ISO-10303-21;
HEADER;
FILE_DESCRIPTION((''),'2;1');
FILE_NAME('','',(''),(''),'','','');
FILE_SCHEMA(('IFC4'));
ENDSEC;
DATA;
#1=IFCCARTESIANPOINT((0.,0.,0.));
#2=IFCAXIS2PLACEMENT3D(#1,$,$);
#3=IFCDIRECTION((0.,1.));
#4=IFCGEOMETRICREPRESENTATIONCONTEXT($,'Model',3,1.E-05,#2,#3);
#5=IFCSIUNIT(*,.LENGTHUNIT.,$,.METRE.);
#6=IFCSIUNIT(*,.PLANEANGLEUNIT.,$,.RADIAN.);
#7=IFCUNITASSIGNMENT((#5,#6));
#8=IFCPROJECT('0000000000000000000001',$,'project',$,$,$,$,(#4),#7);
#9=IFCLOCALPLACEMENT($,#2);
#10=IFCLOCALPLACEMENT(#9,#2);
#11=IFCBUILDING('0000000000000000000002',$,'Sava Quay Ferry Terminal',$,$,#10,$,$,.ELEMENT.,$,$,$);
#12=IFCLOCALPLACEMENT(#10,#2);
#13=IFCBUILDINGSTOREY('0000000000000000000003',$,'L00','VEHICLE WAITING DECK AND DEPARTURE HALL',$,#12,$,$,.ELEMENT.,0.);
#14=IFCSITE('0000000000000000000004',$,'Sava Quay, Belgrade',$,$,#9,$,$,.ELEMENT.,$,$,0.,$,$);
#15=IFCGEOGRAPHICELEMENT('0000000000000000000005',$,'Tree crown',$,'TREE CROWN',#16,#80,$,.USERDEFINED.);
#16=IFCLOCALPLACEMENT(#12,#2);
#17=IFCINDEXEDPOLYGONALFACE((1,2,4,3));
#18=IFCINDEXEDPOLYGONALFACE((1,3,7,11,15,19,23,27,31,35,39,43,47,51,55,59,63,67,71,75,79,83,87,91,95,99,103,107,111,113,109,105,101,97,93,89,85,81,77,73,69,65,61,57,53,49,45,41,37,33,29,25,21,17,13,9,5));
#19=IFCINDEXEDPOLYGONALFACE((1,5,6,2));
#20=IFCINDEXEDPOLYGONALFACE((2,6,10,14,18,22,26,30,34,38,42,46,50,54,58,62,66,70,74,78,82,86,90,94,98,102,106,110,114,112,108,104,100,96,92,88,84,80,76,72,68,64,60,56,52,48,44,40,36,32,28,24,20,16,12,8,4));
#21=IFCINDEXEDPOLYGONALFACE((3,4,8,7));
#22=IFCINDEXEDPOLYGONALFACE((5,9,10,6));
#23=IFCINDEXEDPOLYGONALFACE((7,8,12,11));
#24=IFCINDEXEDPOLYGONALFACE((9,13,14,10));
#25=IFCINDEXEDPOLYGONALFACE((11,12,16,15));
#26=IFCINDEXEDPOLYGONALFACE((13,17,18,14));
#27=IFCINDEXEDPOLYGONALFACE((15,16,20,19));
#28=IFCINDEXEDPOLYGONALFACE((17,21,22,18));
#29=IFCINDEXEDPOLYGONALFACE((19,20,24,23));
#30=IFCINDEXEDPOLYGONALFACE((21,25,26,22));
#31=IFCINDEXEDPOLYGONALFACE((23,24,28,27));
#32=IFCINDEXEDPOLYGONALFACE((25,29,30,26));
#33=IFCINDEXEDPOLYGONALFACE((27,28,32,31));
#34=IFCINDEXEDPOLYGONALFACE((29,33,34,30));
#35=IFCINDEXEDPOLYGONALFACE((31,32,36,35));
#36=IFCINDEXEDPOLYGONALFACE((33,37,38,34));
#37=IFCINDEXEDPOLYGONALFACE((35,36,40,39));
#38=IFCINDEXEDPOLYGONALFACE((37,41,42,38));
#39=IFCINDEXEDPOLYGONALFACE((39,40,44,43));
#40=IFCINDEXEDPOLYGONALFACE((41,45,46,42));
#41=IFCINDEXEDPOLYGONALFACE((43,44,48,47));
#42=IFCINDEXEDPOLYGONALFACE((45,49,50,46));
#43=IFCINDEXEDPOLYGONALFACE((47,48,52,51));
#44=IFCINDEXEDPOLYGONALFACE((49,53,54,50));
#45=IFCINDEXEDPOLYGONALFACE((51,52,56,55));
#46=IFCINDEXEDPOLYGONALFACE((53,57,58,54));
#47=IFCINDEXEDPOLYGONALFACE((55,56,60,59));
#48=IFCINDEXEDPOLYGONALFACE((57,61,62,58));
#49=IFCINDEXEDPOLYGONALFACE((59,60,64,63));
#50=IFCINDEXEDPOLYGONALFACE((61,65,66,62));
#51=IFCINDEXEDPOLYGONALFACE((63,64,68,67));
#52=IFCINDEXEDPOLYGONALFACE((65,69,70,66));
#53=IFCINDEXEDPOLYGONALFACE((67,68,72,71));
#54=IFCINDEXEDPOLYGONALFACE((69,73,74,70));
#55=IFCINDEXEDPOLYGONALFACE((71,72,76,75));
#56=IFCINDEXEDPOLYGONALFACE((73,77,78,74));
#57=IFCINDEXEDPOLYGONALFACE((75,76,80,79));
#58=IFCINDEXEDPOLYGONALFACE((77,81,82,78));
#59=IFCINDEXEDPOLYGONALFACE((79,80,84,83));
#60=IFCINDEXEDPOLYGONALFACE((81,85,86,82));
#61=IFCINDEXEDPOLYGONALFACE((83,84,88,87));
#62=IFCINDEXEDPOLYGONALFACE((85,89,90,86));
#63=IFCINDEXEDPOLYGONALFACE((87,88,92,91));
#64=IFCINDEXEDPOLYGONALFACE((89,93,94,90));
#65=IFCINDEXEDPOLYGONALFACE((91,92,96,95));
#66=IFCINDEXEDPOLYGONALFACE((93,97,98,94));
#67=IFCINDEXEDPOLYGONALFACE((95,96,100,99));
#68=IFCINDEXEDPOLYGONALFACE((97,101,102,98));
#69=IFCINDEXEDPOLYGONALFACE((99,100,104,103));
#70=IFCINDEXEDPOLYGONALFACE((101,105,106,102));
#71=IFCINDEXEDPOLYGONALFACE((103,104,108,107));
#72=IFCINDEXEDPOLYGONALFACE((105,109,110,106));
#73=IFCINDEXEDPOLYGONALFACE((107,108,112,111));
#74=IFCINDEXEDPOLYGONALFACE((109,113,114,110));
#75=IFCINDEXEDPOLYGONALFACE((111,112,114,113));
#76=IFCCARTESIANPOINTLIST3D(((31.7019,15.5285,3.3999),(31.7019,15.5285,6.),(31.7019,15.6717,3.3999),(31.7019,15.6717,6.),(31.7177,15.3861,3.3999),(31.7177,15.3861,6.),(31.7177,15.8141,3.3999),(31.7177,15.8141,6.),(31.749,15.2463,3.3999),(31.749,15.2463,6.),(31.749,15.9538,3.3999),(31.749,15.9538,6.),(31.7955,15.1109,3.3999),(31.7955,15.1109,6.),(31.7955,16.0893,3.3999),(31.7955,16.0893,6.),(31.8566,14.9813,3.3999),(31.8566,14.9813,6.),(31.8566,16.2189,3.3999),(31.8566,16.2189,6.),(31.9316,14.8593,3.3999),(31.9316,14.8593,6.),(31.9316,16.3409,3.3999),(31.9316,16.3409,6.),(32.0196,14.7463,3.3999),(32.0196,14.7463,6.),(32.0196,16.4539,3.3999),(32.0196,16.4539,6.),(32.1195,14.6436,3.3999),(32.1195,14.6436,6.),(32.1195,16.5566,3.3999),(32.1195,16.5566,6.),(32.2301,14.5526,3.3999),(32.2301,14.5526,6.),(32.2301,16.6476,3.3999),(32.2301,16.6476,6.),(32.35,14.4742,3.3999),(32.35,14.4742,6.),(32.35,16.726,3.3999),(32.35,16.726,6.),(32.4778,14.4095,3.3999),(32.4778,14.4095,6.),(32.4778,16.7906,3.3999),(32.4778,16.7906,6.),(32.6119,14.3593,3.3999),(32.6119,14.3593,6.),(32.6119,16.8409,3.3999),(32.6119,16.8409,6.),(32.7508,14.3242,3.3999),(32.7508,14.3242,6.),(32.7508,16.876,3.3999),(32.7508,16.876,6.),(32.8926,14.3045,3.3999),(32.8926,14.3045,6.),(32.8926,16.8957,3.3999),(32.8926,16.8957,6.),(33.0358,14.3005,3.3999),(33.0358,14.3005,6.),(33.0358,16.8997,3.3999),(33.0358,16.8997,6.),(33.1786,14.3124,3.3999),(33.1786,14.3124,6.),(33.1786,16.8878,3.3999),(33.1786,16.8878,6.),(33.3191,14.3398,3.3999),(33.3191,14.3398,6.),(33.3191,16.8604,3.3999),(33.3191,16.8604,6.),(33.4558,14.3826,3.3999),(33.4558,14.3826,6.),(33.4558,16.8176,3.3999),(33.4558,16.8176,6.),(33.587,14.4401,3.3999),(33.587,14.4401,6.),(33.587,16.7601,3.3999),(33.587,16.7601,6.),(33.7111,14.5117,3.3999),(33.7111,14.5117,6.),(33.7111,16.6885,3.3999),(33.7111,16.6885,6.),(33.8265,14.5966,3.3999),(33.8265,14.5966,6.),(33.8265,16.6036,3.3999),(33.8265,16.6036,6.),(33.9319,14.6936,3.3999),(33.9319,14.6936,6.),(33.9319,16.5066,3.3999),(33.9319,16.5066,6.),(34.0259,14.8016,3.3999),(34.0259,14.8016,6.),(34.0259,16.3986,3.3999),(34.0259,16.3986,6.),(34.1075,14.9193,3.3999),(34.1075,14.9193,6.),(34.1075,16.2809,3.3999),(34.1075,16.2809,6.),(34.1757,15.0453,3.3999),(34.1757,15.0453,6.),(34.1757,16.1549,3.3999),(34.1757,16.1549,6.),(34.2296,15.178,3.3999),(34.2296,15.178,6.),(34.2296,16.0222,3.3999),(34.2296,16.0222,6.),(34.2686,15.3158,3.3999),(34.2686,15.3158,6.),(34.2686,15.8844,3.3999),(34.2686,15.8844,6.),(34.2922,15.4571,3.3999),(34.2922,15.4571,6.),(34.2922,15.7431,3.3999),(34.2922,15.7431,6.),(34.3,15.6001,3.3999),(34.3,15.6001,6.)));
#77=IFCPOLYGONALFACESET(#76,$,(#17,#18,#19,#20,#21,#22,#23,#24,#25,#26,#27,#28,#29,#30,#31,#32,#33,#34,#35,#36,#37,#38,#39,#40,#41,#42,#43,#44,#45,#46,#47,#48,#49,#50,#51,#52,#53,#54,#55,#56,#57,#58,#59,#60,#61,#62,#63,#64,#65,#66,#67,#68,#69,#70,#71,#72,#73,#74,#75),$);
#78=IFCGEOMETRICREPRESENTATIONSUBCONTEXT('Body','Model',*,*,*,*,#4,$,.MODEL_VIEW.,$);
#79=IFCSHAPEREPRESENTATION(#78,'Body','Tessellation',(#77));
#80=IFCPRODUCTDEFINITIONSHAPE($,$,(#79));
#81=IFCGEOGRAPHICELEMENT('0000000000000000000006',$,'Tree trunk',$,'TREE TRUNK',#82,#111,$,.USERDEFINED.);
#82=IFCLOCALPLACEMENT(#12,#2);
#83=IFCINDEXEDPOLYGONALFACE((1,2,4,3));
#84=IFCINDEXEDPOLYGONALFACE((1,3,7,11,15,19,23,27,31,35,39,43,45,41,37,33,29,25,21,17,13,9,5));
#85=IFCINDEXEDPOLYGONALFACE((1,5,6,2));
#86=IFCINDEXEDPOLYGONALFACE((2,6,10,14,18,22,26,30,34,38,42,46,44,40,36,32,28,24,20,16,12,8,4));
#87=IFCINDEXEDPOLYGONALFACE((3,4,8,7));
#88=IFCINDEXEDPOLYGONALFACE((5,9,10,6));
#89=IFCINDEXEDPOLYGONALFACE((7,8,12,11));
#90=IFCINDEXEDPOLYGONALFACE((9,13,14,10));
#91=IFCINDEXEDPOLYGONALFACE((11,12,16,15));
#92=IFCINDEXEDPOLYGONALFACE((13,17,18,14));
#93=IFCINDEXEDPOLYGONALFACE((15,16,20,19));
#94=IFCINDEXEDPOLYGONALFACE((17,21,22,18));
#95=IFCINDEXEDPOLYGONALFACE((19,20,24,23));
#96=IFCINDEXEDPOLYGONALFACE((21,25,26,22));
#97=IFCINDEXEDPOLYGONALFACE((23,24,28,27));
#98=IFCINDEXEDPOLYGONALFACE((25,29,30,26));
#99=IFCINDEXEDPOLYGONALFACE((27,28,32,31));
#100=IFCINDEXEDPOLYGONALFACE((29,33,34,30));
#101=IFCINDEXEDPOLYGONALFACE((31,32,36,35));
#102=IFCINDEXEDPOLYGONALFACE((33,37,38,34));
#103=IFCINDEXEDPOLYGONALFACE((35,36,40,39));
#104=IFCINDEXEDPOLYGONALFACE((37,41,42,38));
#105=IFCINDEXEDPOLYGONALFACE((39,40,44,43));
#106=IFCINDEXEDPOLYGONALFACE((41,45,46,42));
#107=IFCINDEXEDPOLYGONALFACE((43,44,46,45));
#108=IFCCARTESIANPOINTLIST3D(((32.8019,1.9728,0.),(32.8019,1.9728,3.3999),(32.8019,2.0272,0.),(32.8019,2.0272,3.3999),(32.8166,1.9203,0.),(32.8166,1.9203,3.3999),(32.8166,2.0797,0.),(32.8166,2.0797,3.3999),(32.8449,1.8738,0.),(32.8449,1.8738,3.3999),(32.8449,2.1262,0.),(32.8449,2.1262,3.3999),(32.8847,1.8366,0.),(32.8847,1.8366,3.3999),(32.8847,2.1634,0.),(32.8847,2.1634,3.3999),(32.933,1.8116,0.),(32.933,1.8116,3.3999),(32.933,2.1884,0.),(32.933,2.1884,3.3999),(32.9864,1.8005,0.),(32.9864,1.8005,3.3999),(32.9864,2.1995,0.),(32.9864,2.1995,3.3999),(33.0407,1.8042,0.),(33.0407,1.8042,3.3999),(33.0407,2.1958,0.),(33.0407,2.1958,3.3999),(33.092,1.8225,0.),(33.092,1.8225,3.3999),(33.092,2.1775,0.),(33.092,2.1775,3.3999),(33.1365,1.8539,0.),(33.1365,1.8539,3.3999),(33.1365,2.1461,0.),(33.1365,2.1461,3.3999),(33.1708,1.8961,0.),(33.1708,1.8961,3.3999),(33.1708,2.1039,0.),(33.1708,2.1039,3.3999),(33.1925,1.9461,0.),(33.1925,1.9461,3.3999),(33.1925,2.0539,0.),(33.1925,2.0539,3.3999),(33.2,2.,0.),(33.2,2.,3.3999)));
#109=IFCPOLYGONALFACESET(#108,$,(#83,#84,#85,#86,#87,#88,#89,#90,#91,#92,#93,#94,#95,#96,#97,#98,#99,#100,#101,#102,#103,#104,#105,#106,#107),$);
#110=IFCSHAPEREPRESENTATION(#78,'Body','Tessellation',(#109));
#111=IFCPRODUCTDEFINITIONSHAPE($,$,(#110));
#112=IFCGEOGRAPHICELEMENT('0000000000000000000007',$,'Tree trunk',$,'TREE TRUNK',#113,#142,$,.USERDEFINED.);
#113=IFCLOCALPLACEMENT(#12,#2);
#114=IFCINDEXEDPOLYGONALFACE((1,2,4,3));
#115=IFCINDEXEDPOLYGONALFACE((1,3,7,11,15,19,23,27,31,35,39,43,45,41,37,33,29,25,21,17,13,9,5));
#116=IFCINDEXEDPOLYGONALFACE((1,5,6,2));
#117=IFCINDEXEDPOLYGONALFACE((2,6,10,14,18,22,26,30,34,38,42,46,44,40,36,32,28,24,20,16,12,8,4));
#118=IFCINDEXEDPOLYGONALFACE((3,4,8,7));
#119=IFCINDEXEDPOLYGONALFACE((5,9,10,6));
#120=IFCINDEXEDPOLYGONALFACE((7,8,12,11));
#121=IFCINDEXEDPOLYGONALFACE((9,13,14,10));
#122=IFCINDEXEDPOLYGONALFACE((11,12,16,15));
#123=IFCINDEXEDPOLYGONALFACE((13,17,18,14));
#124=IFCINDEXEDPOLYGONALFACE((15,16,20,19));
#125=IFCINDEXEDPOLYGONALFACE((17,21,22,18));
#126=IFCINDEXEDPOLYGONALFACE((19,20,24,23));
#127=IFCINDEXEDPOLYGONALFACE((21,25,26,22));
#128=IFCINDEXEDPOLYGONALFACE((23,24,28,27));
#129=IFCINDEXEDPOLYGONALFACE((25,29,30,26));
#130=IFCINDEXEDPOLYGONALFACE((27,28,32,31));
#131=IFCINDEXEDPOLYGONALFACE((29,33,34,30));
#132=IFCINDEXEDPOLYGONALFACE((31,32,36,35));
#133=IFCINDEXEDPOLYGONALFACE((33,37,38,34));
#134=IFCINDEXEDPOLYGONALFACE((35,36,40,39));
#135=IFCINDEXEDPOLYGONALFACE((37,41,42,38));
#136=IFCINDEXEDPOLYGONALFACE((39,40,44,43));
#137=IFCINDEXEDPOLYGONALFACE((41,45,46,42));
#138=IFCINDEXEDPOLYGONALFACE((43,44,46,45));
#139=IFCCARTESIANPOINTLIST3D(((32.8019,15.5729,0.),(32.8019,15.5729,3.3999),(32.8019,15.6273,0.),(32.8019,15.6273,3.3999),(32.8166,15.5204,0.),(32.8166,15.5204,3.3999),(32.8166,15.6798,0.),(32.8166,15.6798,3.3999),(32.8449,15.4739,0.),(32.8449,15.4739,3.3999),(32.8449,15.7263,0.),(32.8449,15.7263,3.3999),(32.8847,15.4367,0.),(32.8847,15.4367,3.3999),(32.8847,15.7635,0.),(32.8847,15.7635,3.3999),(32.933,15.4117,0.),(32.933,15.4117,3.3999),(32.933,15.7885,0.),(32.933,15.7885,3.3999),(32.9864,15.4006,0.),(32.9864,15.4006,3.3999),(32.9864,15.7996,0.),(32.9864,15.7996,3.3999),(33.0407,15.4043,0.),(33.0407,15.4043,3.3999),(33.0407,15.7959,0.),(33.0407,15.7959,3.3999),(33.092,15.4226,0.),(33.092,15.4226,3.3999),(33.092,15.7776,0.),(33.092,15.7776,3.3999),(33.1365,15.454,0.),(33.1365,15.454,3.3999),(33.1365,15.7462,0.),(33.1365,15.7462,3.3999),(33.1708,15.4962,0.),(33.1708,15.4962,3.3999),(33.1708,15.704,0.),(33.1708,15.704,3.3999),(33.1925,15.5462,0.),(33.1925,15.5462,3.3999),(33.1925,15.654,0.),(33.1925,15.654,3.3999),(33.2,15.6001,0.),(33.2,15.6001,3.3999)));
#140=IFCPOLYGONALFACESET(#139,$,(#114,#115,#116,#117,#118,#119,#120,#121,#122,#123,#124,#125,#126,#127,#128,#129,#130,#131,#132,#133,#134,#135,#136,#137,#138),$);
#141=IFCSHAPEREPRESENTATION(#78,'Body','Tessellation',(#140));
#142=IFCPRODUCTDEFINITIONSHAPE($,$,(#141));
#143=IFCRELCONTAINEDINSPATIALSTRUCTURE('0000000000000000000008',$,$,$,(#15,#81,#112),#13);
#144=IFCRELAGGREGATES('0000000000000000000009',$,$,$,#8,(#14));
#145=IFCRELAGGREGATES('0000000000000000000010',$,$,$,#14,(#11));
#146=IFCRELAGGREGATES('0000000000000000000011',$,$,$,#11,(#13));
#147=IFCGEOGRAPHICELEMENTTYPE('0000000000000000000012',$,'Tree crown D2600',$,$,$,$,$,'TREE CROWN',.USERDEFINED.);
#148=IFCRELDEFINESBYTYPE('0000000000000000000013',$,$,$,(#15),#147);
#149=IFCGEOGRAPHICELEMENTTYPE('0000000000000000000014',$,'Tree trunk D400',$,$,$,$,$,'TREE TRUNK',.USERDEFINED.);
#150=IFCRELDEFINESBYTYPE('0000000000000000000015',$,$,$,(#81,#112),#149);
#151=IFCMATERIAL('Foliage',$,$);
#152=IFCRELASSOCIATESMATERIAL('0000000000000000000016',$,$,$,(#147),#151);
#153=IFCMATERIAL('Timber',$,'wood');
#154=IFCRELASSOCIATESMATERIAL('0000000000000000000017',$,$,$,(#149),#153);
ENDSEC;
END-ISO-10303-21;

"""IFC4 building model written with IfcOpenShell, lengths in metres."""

from ifc_helpers import new_model, si_unit, direction, frame, origin, origin_2d, place, context, subcontext, project, spatial, circle, extrude, material, type_object, element, save


model = new_model("IFC4")

# Units and contexts
model_context = context("Model", 3, precision=1e-05, world=origin(), true_north=direction((0.0, 1.0)))
body_context = subcontext(model_context, "Body", "Model", "MODEL_VIEW")
ifc_project = project(units=[si_unit("LENGTHUNIT", "METRE"), si_unit("PLANEANGLEUNIT", "RADIAN")], contexts=[model_context])

# Site, building, storey
site_placement = place(None, origin())
site = spatial("IfcSite", under=ifc_project, at=site_placement, Name="Sava Quay, Belgrade", CompositionType="ELEMENT", RefElevation=0.0)
building_placement = place(site_placement, origin())
building = spatial("IfcBuilding", under=site, at=building_placement, Name="Sava Quay Ferry Terminal", CompositionType="ELEMENT")
storey_placement = place(building_placement, origin())
storey = spatial("IfcBuildingStorey", under=building, at=storey_placement, Name="L00", Description="VEHICLE WAITING DECK AND DEPARTURE HALL", CompositionType="ELEMENT", Elevation=0.0)

# Geographic elements
ifc_material_1 = material(Name="Foliage")
geographic_element_type_1 = type_object("IfcGeographicElementType", Name="Tree crown D2600", ElementType="TREE CROWN", PredefinedType="USERDEFINED", material=ifc_material_1)
for number, where, z_axis, x_axis, name in (
    (1, (33.0, 15.6001, 6.0), (0.0, 0.0, -1.0), (1.0, 0.0, 0.0), "Tree crown"),
):
    element("IfcGeographicElement", number, at=place(storey_placement, frame(where, z_axis=z_axis, x_axis=x_axis)), inside=storey, type_object=geographic_element_type_1, Name=name, ObjectType="TREE CROWN", PredefinedType="USERDEFINED", context=body_context, shape_type="SweptSolid", body=[
        extrude(circle(Radius=1.3, at=origin_2d()), origin(), (0.0, 0.0, 1.0), 2.6001),
    ])
ifc_material_2 = material(Name="Timber", Category="wood")
geographic_element_type_2 = type_object("IfcGeographicElementType", Name="Tree trunk D400", ElementType="TREE TRUNK", PredefinedType="USERDEFINED", material=ifc_material_2)
for number, where, z_axis, x_axis, name in (
    (2, (33.0, 2.0, 3.3999), (0.0, 0.0, -1.0), (1.0, 0.0, 0.0), "Tree trunk"),
    (3, (33.0, 15.6001, 3.3999), (0.0, 0.0, -1.0), (1.0, 0.0, 0.0), "Tree trunk"),
):
    element("IfcGeographicElement", number, at=place(storey_placement, frame(where, z_axis=z_axis, x_axis=x_axis)), inside=storey, type_object=geographic_element_type_2, Name=name, ObjectType="TREE TRUNK", PredefinedType="USERDEFINED", context=body_context, shape_type="SweptSolid", body=[
        extrude(circle(Radius=0.2, at=origin_2d()), origin(), (0.0, 0.0, 1.0), 3.3999),
    ])

save(model, "model.ifc")
